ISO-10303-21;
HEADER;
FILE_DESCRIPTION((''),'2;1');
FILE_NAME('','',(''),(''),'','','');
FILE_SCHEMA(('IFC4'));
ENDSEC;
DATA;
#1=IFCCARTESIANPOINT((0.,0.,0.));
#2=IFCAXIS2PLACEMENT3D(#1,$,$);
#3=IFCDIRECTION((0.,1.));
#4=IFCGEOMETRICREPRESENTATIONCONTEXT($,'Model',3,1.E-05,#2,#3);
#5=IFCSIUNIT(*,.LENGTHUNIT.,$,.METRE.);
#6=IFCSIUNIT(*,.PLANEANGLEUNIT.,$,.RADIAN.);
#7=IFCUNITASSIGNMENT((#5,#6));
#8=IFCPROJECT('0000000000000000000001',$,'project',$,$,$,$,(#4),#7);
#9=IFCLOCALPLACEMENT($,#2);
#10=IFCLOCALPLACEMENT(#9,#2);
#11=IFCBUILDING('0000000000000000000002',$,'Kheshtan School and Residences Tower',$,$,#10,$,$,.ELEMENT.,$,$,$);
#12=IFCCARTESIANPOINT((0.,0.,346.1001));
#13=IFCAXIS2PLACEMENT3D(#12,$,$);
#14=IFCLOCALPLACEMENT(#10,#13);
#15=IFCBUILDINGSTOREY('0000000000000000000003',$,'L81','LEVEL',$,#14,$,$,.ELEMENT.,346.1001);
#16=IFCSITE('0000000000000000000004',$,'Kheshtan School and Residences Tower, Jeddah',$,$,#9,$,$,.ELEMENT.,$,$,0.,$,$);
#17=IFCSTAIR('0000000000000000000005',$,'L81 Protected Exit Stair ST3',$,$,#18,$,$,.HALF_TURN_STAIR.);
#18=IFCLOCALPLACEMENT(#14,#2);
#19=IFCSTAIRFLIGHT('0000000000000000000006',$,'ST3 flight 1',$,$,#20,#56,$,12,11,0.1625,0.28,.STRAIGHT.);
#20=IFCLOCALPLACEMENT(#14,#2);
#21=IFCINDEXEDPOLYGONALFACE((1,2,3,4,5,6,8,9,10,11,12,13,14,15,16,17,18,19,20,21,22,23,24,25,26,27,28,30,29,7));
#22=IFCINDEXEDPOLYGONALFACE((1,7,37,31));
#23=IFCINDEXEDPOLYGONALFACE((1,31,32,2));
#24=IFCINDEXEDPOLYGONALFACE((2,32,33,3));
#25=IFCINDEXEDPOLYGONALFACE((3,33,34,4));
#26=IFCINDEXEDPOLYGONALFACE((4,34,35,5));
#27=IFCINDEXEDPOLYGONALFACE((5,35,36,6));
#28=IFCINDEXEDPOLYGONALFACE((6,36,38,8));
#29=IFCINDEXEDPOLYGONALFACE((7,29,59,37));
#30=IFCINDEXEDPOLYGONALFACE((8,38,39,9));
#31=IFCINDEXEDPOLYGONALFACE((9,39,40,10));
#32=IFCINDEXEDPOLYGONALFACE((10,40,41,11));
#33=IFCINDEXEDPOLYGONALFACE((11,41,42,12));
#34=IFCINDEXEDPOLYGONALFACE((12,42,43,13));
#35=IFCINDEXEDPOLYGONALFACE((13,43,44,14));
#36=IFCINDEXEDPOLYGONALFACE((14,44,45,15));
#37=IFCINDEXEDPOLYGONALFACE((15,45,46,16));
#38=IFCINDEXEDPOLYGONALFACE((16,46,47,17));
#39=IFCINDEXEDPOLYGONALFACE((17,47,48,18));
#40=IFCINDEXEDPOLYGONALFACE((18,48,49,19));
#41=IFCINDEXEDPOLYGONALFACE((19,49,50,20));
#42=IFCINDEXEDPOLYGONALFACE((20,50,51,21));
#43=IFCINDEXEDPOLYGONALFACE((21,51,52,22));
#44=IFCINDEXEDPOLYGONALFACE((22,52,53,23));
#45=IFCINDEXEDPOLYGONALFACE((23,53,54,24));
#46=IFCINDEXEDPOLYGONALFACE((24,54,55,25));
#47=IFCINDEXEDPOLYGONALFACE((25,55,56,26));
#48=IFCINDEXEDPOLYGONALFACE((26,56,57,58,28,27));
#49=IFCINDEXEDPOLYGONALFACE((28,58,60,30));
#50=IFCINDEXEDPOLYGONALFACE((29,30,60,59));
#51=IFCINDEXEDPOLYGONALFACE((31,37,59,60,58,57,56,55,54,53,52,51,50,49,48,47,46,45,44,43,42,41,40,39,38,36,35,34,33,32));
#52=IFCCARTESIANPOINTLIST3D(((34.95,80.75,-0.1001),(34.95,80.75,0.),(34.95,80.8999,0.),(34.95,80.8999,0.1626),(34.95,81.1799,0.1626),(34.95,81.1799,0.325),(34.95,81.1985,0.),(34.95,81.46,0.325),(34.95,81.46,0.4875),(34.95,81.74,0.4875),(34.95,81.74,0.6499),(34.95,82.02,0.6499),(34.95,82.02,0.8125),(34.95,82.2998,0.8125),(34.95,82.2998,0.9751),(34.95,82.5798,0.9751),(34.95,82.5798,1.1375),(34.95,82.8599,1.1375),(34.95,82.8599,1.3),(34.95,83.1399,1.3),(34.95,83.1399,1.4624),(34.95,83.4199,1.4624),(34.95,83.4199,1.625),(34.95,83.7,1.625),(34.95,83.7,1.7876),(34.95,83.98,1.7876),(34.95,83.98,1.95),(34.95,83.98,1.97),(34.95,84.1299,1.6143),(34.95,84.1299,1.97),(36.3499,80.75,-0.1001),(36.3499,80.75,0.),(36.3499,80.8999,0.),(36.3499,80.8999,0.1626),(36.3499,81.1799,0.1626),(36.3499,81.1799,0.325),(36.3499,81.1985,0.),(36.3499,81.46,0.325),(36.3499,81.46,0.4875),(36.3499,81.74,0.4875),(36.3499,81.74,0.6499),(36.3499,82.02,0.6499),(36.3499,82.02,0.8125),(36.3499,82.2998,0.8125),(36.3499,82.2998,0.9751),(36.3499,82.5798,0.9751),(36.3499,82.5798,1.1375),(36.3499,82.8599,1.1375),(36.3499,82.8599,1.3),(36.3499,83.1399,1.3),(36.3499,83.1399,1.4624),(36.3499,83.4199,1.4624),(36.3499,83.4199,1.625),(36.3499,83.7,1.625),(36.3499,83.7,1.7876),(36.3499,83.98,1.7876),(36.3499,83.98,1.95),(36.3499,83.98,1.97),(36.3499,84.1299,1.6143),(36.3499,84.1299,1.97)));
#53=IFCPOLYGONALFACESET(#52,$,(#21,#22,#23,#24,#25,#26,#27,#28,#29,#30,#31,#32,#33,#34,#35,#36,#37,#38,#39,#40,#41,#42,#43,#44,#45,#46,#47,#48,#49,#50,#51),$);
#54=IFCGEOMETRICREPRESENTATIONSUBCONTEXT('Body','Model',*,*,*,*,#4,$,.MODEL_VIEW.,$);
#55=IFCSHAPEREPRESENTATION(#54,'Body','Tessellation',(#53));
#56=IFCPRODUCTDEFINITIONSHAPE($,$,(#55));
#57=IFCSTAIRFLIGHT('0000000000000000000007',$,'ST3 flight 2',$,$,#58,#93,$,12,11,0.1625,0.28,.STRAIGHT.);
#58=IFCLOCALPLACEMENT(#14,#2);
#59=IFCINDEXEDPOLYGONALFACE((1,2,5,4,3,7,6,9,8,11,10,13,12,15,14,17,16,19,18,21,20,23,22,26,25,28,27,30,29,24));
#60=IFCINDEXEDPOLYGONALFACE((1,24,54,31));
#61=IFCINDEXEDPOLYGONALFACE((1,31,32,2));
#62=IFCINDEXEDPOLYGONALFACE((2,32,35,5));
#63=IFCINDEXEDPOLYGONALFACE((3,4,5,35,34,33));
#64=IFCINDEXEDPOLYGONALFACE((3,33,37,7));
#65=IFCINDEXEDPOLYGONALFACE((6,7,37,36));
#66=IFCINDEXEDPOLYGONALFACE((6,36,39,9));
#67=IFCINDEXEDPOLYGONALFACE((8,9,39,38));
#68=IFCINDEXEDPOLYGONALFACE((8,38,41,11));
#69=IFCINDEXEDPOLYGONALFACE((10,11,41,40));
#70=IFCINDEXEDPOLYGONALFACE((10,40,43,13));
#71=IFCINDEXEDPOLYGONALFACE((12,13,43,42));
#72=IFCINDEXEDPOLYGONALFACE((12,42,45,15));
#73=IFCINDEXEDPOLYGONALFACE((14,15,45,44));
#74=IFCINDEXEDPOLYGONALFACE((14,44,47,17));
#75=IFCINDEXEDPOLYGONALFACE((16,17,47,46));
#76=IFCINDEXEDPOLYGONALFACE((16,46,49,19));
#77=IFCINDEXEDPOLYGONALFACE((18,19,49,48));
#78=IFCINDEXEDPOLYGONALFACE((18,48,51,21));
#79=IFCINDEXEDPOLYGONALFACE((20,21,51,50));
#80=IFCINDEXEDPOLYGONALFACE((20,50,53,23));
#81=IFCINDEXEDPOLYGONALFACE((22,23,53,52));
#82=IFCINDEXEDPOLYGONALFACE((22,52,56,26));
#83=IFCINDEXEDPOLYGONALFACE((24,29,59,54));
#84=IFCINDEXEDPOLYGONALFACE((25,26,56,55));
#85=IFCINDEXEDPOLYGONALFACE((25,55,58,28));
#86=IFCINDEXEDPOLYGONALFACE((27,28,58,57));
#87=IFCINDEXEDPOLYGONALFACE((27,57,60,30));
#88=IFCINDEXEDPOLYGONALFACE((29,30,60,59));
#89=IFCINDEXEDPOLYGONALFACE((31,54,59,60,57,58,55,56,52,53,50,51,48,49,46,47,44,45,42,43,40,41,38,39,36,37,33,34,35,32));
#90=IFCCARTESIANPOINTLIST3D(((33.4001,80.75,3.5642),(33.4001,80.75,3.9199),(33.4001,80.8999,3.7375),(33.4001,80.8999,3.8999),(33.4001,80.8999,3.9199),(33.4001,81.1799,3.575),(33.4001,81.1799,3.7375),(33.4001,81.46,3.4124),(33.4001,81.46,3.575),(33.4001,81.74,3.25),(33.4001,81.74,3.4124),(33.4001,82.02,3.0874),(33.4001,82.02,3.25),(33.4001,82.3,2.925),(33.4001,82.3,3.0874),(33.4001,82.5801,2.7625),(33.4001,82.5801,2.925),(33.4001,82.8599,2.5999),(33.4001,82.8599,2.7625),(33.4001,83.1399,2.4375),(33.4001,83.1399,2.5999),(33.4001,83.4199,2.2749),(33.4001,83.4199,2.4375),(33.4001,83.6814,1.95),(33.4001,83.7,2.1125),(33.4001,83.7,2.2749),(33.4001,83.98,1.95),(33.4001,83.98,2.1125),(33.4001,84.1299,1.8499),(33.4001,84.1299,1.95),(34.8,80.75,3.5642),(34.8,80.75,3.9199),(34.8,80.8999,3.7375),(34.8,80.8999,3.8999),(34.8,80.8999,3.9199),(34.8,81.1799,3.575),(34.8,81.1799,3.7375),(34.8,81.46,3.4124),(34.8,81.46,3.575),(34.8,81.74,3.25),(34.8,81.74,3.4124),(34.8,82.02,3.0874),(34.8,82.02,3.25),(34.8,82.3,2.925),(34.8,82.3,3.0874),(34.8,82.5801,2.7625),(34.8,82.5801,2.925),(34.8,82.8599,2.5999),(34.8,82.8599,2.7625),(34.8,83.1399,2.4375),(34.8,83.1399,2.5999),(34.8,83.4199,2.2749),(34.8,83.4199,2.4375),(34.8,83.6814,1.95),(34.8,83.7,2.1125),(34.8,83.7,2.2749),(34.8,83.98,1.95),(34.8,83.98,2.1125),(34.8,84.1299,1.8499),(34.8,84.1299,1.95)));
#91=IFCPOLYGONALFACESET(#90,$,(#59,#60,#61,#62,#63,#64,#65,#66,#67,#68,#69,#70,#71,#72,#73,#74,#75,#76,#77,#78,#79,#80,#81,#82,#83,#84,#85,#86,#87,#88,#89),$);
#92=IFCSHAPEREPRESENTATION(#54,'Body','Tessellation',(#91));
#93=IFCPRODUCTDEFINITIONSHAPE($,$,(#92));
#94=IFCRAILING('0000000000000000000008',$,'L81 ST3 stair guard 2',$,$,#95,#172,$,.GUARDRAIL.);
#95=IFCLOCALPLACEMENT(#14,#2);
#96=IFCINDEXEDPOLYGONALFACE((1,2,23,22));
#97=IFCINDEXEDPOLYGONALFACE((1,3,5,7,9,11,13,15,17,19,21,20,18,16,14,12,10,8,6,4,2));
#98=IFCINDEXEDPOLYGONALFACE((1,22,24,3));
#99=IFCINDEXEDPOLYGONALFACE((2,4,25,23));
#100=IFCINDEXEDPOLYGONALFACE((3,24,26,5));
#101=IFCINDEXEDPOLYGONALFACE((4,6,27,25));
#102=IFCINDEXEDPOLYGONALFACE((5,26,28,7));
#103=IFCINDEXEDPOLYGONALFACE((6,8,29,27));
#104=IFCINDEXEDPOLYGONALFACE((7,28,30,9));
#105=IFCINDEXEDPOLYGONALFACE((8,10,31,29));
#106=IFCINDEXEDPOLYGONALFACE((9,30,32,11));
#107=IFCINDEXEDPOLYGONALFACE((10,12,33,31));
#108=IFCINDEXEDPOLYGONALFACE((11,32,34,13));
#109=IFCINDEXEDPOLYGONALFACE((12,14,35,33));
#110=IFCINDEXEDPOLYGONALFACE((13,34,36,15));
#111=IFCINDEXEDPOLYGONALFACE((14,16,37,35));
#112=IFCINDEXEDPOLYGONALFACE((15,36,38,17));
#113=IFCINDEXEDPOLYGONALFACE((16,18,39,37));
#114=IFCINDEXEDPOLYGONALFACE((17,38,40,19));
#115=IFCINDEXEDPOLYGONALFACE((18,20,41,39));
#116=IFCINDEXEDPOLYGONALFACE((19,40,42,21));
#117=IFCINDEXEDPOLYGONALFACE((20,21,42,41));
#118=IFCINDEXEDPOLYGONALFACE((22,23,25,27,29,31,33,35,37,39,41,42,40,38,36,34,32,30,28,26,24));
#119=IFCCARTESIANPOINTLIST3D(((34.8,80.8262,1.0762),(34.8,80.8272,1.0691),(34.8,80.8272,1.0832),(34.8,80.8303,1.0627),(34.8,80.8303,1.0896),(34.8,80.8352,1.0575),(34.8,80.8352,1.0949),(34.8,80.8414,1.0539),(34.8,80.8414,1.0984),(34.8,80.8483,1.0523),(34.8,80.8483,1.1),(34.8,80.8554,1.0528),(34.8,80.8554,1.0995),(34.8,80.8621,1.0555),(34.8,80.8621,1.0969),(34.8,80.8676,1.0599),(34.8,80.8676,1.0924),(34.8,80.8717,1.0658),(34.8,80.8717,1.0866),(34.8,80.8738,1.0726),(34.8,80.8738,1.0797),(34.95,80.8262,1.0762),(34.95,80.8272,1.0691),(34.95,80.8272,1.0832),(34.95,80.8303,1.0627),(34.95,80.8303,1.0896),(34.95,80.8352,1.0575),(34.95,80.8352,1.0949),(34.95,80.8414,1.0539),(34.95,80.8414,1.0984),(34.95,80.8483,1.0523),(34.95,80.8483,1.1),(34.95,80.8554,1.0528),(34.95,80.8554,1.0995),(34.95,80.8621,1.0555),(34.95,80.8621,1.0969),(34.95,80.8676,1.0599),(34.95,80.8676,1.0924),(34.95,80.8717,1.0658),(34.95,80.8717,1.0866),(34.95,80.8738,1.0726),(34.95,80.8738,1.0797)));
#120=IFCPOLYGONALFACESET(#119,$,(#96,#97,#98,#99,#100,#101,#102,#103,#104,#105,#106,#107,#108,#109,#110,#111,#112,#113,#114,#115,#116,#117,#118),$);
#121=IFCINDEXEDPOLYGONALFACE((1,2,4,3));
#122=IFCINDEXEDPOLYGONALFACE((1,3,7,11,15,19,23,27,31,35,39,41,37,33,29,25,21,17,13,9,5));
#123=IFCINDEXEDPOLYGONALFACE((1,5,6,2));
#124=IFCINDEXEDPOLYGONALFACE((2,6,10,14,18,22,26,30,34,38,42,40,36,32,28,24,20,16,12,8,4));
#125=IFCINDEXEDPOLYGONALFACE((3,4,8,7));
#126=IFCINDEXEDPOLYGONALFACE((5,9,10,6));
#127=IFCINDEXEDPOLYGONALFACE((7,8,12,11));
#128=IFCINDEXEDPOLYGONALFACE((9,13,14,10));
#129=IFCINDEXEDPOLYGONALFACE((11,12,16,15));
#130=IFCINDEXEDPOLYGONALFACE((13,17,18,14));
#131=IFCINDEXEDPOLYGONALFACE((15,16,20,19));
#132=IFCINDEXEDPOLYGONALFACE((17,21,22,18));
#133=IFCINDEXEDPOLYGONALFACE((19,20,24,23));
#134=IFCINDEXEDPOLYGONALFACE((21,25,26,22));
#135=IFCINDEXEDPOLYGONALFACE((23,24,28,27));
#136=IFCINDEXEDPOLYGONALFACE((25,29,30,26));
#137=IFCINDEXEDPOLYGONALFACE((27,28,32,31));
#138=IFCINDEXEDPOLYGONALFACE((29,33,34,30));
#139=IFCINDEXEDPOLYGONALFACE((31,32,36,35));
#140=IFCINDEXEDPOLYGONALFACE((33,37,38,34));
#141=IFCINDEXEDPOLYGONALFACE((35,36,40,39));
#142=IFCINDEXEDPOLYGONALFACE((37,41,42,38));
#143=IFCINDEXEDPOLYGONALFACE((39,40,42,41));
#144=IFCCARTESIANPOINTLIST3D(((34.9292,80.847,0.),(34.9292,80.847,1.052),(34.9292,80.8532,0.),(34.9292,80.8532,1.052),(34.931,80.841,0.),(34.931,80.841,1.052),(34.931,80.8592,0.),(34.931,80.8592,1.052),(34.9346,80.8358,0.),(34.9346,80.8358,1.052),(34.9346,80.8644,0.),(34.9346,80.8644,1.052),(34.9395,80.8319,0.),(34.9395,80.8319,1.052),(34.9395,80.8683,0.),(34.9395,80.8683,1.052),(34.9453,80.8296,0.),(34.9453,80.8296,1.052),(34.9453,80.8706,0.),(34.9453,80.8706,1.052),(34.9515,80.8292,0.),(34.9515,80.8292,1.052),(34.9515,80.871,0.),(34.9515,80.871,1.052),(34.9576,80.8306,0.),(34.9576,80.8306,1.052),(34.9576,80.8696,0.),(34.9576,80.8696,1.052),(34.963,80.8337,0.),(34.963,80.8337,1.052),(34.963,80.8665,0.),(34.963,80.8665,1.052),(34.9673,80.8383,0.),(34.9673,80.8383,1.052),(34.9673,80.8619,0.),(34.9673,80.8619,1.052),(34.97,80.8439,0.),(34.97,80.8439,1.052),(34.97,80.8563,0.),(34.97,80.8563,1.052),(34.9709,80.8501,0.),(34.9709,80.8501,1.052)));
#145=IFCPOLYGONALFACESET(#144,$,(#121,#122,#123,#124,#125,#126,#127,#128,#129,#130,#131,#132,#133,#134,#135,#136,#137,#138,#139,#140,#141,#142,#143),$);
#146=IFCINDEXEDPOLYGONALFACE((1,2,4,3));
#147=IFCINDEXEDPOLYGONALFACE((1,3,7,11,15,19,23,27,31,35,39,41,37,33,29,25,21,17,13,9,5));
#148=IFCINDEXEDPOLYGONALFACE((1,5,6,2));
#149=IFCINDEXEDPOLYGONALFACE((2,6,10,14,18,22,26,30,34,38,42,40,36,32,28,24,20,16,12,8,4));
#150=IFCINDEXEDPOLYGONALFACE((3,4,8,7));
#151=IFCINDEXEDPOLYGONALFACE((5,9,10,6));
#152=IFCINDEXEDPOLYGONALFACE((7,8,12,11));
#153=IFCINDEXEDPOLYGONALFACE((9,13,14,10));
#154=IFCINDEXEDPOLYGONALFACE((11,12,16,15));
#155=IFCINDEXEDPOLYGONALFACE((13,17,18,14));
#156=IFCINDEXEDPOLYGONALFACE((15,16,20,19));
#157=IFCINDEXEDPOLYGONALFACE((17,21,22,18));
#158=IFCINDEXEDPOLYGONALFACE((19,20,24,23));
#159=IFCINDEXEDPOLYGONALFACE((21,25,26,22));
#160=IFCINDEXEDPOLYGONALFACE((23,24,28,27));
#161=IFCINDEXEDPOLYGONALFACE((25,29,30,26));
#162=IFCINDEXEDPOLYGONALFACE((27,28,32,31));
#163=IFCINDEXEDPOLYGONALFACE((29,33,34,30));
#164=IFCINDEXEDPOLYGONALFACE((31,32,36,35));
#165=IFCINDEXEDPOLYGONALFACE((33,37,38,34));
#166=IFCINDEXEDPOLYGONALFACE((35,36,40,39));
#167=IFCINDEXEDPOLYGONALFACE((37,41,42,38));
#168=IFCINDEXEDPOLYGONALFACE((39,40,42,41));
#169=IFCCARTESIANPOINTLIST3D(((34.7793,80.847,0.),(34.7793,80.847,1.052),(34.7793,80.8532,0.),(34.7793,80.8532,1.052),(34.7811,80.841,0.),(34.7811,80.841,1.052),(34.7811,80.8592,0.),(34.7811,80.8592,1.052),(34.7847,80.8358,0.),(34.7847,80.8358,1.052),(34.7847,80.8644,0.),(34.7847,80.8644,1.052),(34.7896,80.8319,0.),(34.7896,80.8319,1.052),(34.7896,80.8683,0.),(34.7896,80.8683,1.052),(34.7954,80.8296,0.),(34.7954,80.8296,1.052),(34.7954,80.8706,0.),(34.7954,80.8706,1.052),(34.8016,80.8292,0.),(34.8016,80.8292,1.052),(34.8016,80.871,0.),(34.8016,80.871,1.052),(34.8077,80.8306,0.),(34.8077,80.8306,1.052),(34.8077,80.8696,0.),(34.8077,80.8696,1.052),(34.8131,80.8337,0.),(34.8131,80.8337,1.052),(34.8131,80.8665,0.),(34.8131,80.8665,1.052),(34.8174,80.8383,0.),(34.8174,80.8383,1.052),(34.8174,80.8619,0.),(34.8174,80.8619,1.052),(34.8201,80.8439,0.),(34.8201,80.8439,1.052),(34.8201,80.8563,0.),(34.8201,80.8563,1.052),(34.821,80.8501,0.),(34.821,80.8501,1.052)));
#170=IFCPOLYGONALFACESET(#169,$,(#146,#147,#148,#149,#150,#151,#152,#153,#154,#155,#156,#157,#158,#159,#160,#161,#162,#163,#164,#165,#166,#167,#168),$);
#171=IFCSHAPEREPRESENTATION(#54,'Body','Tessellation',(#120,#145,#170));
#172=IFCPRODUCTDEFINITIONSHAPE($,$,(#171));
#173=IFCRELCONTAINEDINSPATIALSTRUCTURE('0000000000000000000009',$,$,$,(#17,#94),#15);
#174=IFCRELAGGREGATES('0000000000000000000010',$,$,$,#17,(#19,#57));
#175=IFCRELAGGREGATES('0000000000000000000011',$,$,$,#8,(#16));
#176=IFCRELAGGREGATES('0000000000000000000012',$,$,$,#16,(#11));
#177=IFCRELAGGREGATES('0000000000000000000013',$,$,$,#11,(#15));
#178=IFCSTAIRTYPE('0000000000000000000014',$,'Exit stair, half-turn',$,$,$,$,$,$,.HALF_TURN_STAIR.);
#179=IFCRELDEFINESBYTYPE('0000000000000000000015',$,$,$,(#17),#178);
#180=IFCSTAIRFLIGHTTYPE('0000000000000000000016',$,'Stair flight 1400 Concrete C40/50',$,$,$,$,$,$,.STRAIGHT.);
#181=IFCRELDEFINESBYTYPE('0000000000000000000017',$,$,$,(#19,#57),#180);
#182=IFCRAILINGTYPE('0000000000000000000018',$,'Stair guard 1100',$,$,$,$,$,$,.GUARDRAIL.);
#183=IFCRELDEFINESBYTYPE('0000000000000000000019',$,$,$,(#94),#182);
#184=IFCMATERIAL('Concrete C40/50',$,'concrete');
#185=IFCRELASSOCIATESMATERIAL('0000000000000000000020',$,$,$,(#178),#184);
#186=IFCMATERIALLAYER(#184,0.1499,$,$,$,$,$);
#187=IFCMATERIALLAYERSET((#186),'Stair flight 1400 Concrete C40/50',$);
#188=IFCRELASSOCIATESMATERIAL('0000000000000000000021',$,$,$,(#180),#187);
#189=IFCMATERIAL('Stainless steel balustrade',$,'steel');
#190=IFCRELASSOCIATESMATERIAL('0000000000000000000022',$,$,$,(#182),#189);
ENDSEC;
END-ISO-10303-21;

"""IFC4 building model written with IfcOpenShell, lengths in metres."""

from ifc_helpers import new_model, si_unit, direction, frame, origin, origin_2d, place, context, subcontext, project, spatial, polyline, circle, outline, extrude, material, layer, layer_set, type_object, element, aggregate, save


model = new_model("IFC4")

# Units and contexts
model_context = context("Model", 3, precision=1e-05, world=origin(), true_north=direction((0.0, 1.0)))
body_context = subcontext(model_context, "Body", "Model", "MODEL_VIEW")
ifc_project = project(units=[si_unit("LENGTHUNIT", "METRE"), si_unit("PLANEANGLEUNIT", "RADIAN")], contexts=[model_context])

# Site, building, storey
site_placement = place(None, origin())
site = spatial("IfcSite", under=ifc_project, at=site_placement, Name="Kheshtan School and Residences Tower, Jeddah", CompositionType="ELEMENT", RefElevation=0.0)
building_placement = place(site_placement, origin())
building = spatial("IfcBuilding", under=site, at=building_placement, Name="Kheshtan School and Residences Tower", CompositionType="ELEMENT")
storey_placement = place(building_placement, frame((0.0, 0.0, 346.1001)))
storey = spatial("IfcBuildingStorey", under=building, at=storey_placement, Name="L81", Description="LEVEL", CompositionType="ELEMENT", Elevation=346.1001)

# Shared definitions
ifc_material_1 = material(Name="Concrete C40/50", Category="concrete")

# Stair, stair flights
stair_type = type_object("IfcStairType", Name="Exit stair, half-turn", PredefinedType="HALF_TURN_STAIR", material=ifc_material_1)
stair_placement = place(storey_placement, origin())
stair = element("IfcStair", 1, at=stair_placement, inside=storey, type_object=stair_type, Name="L81 Protected Exit Stair ST3", PredefinedType="HALF_TURN_STAIR")
ifc_layer_1 = layer(ifc_material_1, 0.1499)
ifc_layer_set_1 = layer_set([ifc_layer_1], Name="Stair flight 1400 Concrete C40/50")
stair_flight_type = type_object("IfcStairFlightType", Name="Stair flight 1400 Concrete C40/50", PredefinedType="STRAIGHT", material=ifc_layer_set_1)
stair_flight_1_placement = place(storey_placement, frame((35.6499, 80.8999, 0.0), z_axis=(0.0, 0.0, 1.0), x_axis=(0.0, 1.0, 0.0)))
stair_flight_1 = element("IfcStairFlight", 2, at=stair_flight_1_placement, type_object=stair_flight_type, Name="ST3 flight 1", NumberOfRisers=12, NumberOfTreads=11, PredefinedType="STRAIGHT", RiserHeight=0.1625, TreadLength=0.28, context=body_context, shape_type="SweptSolid", body=[
    extrude(outline(polyline([(-0.1499, -0.1001), (-0.1499, 0.0), (0.0, 0.0), (0.0, 0.1626), (0.28, 0.1626), (0.28, 0.325), (0.5601, 0.325), (0.5601, 0.4875), (0.8401, 0.4875), (0.8401, 0.6499), (1.1201, 0.6499), (1.1201, 0.8125), (1.3999, 0.8125), (1.3999, 0.9751), (1.6799, 0.9751), (1.6799, 1.1375), (1.96, 1.1375), (1.96, 1.3), (2.24, 1.3), (2.24, 1.4624), (2.52, 1.4624), (2.52, 1.625), (2.8, 1.625), (2.8, 1.7876), (3.0801, 1.7876), (3.0801, 1.95), (3.0801, 1.97), (3.23, 1.97), (3.23, 1.6143), (0.2986, 0.0), (-0.1499, -0.1001)])), frame((0.0, 0.7, 0.0), z_axis=(0.0, -1.0, 0.0), x_axis=(1.0, 0.0, 0.0)), (0.0, 0.0, 1.0), 1.3999),
])
stair_flight_2_placement = place(storey_placement, frame((34.1001, 83.98, 1.95), z_axis=(0.0, 0.0, 1.0), x_axis=(0.0, -1.0, 0.0)))
stair_flight_2 = element("IfcStairFlight", 3, at=stair_flight_2_placement, type_object=stair_flight_type, Name="ST3 flight 2", NumberOfRisers=12, NumberOfTreads=11, PredefinedType="STRAIGHT", RiserHeight=0.1625, TreadLength=0.28, context=body_context, shape_type="SweptSolid", body=[
    extrude(outline(polyline([(-0.1499, -0.1001), (-0.1499, 0.0), (0.0, 0.0), (0.0, 0.1626), (0.28, 0.1626), (0.28, 0.325), (0.5601, 0.325), (0.5601, 0.4875), (0.8401, 0.4875), (0.8401, 0.6499), (1.1201, 0.6499), (1.1201, 0.8125), (1.3999, 0.8125), (1.3999, 0.9751), (1.6799, 0.9751), (1.6799, 1.1375), (1.96, 1.1375), (1.96, 1.3), (2.24, 1.3), (2.24, 1.4624), (2.52, 1.4624), (2.52, 1.625), (2.8, 1.625), (2.8, 1.7876), (3.0801, 1.7876), (3.0801, 1.95), (3.0801, 1.97), (3.23, 1.97), (3.23, 1.6143), (0.2986, 0.0), (-0.1499, -0.1001)])), frame((0.0, 0.7, 0.0), z_axis=(0.0, -1.0, 0.0), x_axis=(1.0, 0.0, 0.0)), (0.0, 0.0, 1.0), 1.3999),
])
aggregate(stair, [stair_flight_1, stair_flight_2])

# Railing
ifc_material_2 = material(Name="Stainless steel balustrade", Category="steel")
railing_type_1 = type_object("IfcRailingType", Name="Stair guard 1100", PredefinedType="GUARDRAIL", material=ifc_material_2)
railing_1_placement = place(storey_placement, frame((34.95, 80.8501, 0.0)))
element("IfcRailing", 4, at=railing_1_placement, inside=storey, type_object=railing_type_1, Name="L81 ST3 stair guard 2", PredefinedType="GUARDRAIL", context=body_context, shape_type="SweptSolid", body=[
    extrude(circle(Radius=0.0239, at=origin_2d()), frame((0.0, 0.0, 1.0762), z_axis=(-1.0, 0.0, 0.0), x_axis=(0.0, -1.0, 0.0)), (0.0, 0.0, 1.0), 0.1499),
    extrude(circle(Radius=0.021, at=origin_2d()), origin(), (0.0, 0.0, 1.0), 1.052),
    extrude(circle(Radius=0.021, at=origin_2d()), frame((-0.1499, 0.0, 0.0)), (0.0, 0.0, 1.0), 1.052),
])

save(model, "model.ifc")
